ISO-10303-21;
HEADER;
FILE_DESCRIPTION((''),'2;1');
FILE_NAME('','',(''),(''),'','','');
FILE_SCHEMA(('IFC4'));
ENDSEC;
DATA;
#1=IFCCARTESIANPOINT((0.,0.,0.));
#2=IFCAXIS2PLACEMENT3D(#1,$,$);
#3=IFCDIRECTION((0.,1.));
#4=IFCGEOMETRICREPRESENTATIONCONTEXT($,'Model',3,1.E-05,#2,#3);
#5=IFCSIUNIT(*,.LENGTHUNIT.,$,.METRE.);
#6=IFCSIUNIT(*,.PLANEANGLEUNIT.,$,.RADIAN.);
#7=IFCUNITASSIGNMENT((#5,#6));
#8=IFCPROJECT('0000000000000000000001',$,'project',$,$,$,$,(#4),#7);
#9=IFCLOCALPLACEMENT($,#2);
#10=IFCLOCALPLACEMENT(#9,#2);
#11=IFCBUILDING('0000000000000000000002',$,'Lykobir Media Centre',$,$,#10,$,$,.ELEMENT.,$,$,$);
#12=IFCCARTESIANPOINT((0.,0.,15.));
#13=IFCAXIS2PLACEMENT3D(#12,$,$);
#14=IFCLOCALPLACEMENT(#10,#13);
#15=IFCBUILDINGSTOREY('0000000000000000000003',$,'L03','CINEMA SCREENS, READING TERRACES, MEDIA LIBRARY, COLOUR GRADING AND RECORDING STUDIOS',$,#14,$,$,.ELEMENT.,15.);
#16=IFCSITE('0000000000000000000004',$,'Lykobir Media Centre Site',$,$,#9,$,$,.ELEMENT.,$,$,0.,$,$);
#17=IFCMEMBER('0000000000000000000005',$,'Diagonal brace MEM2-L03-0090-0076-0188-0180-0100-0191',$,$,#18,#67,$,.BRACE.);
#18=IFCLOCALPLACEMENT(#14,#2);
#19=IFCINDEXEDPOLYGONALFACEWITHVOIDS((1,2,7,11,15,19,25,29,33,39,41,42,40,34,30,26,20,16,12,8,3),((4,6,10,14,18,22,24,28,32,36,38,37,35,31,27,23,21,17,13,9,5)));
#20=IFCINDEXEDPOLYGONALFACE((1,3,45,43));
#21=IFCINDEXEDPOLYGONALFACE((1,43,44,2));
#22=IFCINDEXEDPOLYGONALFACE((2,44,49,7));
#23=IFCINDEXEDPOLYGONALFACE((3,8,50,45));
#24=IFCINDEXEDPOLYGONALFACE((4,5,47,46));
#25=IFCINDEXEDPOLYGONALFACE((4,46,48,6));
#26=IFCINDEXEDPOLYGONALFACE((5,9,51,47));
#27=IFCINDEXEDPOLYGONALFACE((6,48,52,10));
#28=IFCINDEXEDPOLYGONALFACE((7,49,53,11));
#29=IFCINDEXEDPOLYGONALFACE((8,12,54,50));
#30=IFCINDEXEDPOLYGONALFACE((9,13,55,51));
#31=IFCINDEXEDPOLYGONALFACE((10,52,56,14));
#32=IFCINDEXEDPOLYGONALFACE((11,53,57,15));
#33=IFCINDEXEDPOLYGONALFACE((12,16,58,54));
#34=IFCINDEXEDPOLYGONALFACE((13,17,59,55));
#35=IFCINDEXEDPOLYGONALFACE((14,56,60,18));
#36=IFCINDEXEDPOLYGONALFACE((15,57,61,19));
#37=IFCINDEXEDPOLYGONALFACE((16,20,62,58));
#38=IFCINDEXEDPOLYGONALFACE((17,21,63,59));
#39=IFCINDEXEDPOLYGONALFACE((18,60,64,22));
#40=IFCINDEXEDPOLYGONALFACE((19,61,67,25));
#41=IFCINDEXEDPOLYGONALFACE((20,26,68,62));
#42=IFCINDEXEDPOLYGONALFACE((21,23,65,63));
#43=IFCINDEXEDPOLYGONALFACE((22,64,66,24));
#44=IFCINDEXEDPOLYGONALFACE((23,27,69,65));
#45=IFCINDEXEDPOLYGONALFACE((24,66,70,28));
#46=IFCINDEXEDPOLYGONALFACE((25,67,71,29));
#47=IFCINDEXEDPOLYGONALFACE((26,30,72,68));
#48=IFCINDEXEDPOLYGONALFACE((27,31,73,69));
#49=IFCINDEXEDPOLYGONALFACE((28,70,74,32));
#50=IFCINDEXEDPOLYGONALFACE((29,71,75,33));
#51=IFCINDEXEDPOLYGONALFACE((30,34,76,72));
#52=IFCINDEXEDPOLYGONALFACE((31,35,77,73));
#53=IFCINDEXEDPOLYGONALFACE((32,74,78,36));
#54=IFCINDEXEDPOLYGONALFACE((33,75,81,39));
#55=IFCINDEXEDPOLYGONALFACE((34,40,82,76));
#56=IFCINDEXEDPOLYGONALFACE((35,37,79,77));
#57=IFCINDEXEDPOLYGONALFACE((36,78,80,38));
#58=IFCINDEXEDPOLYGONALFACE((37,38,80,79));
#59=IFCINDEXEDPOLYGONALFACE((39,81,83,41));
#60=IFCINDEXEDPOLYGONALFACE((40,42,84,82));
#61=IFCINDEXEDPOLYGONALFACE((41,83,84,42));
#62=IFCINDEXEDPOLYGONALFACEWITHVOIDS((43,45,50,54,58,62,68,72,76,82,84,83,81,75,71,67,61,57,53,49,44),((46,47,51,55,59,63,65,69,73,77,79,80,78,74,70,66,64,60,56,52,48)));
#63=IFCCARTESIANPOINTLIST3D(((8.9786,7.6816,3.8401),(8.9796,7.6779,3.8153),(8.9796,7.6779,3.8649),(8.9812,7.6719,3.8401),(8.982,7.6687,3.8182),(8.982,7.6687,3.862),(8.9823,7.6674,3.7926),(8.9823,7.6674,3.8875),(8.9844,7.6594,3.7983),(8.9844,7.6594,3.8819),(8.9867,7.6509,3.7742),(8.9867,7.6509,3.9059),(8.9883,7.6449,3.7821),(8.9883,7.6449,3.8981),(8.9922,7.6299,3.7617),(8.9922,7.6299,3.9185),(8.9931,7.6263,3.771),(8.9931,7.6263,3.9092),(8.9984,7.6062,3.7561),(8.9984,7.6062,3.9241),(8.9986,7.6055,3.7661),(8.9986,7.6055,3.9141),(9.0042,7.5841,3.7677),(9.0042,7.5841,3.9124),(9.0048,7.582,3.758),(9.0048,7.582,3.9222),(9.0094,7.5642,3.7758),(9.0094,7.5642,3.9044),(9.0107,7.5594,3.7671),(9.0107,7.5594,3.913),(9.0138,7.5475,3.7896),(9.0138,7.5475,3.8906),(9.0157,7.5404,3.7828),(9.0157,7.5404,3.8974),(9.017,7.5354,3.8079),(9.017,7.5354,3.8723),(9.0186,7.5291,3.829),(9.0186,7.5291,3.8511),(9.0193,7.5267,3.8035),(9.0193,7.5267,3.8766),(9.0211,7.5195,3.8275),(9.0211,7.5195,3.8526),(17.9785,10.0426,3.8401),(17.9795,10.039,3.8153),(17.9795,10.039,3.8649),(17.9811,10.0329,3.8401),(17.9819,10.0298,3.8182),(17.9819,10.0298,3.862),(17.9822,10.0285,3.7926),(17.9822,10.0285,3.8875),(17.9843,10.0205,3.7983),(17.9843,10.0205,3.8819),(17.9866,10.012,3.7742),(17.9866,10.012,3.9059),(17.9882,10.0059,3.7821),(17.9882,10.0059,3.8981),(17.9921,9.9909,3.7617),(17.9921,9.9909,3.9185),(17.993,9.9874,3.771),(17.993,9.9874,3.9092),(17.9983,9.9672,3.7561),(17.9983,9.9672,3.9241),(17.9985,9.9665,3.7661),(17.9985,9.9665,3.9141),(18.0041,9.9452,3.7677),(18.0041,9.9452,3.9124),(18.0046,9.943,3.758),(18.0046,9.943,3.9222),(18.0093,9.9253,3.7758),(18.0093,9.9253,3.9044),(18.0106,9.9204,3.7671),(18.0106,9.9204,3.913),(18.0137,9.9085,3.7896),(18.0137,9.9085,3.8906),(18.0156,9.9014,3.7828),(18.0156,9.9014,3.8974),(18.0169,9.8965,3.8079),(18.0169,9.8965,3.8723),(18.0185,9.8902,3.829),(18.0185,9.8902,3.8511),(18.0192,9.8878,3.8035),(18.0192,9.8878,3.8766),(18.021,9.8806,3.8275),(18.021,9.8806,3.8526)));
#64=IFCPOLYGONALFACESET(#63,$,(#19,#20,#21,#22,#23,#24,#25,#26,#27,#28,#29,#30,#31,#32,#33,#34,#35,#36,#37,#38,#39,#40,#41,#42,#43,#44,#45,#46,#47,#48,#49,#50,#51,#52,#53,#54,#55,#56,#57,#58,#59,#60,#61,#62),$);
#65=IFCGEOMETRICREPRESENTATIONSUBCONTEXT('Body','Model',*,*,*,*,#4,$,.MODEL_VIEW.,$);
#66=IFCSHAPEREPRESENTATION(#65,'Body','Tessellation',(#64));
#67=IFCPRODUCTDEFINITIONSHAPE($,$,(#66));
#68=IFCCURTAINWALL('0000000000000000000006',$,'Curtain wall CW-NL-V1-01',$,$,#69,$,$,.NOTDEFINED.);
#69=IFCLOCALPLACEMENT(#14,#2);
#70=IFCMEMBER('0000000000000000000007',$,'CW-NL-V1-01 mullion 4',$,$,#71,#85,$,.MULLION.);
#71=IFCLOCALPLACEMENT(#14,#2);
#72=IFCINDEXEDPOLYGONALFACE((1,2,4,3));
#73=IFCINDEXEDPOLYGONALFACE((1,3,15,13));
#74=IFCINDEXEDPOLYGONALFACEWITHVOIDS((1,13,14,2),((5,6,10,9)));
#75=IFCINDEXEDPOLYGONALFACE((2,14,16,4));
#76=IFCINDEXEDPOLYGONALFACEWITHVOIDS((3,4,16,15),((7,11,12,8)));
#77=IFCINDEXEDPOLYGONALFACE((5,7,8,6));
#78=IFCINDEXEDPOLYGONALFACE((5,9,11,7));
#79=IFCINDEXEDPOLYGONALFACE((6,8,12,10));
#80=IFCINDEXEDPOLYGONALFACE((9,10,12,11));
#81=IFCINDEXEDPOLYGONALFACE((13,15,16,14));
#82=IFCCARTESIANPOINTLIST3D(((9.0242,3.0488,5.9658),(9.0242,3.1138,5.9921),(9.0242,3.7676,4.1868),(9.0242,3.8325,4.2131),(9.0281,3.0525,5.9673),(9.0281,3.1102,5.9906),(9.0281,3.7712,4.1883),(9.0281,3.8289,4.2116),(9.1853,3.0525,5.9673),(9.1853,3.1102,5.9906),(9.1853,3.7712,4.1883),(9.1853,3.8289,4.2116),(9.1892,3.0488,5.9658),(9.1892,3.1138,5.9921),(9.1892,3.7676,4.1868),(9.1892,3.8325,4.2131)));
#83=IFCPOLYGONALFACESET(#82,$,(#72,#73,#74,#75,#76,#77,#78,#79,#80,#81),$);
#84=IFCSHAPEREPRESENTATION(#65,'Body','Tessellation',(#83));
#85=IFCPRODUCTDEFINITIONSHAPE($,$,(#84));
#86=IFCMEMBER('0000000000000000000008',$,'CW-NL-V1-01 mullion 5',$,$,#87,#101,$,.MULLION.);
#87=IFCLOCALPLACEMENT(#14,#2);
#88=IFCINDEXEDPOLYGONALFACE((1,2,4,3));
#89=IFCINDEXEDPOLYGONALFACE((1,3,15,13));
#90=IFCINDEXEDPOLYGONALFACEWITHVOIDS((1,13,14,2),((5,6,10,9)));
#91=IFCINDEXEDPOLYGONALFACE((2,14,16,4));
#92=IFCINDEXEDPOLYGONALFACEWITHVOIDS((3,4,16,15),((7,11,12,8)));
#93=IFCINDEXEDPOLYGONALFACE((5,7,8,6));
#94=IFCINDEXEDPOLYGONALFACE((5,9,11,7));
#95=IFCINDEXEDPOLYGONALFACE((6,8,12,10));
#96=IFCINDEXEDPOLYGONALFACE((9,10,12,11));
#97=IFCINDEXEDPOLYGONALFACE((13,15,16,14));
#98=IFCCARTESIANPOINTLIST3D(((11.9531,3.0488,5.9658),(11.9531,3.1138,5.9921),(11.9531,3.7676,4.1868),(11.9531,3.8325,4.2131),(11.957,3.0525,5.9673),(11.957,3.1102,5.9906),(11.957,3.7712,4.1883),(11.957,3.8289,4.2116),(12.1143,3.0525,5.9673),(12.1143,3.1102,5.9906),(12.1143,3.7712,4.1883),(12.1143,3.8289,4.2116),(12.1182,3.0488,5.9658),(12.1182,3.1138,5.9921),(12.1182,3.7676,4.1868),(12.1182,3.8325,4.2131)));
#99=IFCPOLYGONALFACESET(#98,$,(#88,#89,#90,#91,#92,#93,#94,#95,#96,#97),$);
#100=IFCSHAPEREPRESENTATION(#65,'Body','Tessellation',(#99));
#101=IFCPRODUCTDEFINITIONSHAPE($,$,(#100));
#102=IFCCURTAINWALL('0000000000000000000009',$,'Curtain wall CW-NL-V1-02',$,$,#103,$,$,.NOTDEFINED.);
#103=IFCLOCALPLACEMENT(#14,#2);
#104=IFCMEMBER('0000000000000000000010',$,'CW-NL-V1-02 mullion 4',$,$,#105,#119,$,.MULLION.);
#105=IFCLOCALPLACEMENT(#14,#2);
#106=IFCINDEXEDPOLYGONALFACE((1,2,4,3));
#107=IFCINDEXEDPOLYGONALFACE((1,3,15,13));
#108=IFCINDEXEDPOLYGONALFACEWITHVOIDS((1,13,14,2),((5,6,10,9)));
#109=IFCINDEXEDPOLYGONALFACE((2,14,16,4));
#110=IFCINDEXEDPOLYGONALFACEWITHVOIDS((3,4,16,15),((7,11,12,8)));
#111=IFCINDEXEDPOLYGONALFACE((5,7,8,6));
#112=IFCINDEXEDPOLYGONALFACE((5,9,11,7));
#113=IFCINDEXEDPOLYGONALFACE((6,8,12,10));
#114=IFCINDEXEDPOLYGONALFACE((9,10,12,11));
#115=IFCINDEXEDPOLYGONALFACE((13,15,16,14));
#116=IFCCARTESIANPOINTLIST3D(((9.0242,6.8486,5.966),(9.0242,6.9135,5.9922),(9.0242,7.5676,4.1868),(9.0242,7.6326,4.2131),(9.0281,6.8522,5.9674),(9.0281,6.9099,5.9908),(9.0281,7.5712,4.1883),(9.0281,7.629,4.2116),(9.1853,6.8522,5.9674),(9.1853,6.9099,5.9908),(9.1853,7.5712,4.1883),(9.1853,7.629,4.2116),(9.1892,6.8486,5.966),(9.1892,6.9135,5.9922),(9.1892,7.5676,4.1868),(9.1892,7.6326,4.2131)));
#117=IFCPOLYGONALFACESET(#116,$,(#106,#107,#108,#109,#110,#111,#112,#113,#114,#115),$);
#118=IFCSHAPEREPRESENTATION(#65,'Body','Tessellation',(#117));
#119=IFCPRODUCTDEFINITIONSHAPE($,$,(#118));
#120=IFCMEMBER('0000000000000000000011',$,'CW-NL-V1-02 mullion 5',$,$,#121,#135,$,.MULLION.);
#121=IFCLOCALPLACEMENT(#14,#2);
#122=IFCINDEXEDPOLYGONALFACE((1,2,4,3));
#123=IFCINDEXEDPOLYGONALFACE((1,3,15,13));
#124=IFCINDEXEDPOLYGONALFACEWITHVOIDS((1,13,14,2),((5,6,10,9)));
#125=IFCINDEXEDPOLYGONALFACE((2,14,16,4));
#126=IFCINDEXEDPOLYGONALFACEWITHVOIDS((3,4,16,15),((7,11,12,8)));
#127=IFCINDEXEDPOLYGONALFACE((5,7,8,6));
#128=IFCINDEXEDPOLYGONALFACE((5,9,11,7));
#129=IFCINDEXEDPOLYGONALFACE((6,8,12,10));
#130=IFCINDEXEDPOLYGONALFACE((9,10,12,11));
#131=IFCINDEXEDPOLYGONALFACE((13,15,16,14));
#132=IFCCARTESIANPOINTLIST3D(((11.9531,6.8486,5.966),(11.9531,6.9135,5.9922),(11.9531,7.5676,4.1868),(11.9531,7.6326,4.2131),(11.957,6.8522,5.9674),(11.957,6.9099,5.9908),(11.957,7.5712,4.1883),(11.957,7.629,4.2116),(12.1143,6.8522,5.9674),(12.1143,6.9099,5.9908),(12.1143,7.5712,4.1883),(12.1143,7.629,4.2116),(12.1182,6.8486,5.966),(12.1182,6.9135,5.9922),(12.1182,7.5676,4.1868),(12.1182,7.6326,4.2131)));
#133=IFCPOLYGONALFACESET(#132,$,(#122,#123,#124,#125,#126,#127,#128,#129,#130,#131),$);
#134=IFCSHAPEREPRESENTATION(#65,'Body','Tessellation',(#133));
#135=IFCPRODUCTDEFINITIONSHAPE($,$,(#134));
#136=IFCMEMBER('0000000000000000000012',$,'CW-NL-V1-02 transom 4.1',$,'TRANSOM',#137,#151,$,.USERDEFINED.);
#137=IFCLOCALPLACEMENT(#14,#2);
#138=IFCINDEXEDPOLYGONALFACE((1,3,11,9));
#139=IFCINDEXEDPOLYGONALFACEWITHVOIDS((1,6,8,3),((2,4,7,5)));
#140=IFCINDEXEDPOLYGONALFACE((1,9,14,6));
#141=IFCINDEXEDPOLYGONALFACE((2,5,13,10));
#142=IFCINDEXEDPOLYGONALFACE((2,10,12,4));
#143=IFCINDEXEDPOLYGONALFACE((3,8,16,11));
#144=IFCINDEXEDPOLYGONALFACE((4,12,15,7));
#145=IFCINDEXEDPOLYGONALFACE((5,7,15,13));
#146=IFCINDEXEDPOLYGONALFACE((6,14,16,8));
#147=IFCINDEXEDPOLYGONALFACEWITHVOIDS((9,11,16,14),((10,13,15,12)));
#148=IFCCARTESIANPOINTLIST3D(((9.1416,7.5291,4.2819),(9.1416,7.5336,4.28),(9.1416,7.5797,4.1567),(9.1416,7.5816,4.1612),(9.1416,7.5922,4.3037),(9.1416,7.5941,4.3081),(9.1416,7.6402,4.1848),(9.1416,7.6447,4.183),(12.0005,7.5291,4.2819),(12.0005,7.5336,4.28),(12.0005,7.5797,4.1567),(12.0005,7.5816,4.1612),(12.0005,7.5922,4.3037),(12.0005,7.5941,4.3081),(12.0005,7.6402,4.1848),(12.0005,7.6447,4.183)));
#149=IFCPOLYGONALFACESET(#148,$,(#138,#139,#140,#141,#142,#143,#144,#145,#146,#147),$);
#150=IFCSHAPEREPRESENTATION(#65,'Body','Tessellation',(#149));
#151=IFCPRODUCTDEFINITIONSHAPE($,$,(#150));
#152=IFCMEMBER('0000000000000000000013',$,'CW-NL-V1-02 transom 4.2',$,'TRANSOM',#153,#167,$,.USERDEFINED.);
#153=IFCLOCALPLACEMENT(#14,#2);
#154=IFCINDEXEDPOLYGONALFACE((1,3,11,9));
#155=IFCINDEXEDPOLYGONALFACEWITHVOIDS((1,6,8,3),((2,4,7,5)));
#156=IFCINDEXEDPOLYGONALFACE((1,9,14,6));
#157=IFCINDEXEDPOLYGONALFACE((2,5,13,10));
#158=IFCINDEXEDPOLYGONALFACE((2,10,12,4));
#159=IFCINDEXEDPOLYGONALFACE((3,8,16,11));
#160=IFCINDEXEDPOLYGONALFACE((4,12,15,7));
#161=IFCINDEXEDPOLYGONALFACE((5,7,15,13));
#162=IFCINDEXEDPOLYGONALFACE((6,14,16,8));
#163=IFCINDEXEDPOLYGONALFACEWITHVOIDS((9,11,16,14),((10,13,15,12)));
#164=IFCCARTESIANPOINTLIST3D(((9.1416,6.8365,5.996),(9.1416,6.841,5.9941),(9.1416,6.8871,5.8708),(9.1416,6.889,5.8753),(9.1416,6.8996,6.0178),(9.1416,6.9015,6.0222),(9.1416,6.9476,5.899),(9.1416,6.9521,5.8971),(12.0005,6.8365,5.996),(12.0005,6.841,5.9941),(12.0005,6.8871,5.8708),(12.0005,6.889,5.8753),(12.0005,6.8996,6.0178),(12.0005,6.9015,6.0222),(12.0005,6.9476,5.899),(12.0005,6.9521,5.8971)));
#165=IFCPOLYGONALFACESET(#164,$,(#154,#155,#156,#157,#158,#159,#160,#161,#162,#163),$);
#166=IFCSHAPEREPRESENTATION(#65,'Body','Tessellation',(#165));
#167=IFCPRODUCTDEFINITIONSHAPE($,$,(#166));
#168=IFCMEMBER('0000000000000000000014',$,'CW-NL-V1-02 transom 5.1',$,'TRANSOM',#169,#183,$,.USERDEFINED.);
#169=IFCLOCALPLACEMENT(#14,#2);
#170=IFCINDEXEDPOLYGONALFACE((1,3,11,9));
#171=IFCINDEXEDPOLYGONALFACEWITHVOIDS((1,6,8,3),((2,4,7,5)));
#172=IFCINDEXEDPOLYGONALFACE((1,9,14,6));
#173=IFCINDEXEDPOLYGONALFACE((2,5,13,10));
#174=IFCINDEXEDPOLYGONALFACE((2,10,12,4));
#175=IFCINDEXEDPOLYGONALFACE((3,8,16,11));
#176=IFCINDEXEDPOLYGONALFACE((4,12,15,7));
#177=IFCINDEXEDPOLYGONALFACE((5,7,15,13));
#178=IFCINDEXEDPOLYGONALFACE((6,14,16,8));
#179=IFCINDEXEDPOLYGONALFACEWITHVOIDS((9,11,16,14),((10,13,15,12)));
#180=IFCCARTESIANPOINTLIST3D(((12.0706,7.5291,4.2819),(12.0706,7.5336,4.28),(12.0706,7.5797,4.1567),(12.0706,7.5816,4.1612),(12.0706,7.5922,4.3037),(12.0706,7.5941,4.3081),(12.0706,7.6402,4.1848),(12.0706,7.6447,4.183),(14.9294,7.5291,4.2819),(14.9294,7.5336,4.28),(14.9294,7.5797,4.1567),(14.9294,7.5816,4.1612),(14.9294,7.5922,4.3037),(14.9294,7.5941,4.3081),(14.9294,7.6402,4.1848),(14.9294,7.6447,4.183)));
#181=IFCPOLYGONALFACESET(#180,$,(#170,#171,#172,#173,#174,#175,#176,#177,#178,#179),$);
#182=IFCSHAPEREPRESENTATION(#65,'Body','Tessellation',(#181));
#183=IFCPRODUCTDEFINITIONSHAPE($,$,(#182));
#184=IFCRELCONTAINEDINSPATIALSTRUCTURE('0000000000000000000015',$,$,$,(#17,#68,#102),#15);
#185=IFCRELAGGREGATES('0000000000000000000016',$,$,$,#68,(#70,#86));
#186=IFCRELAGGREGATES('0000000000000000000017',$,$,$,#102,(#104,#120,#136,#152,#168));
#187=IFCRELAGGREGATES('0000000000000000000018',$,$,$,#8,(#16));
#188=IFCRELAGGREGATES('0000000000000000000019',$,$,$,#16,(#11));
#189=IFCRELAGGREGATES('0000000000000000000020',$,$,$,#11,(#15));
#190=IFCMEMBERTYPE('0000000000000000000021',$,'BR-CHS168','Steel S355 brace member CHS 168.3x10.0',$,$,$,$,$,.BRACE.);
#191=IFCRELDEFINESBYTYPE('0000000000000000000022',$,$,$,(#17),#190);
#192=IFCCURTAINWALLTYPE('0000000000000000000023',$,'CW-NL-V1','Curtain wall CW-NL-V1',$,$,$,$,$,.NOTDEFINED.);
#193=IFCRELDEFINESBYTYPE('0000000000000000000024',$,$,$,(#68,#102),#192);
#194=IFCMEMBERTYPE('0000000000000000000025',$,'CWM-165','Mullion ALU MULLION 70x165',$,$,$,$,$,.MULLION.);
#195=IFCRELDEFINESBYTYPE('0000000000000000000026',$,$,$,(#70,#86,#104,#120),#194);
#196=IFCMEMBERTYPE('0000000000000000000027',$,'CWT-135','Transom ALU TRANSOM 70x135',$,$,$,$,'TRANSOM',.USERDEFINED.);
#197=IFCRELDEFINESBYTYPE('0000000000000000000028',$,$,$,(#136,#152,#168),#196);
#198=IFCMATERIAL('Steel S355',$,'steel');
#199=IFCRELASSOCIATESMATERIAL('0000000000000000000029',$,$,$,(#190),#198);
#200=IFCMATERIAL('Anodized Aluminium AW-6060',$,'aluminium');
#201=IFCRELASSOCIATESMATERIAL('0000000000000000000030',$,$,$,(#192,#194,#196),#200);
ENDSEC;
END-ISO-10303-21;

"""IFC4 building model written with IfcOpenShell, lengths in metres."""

from ifc_helpers import new_model, si_unit, direction, frame, origin, origin_2d, place, context, subcontext, project, spatial, hollow_rectangle, hollow_circle, extrude, material, material_profile, profile_set, type_object, element, aggregate, save


model = new_model("IFC4")

# Units and contexts
model_context = context("Model", 3, precision=1e-05, world=origin(), true_north=direction((0.0, 1.0)))
body_context = subcontext(model_context, "Body", "Model", "MODEL_VIEW")
ifc_project = project(units=[si_unit("LENGTHUNIT", "METRE"), si_unit("PLANEANGLEUNIT", "RADIAN")], contexts=[model_context])

# Site, building, storey
site_placement = place(None, origin())
site = spatial("IfcSite", under=ifc_project, at=site_placement, Name="Lykobir Media Centre Site", CompositionType="ELEMENT", RefElevation=0.0)
building_placement = place(site_placement, origin())
building = spatial("IfcBuilding", under=site, at=building_placement, Name="Lykobir Media Centre", CompositionType="ELEMENT")
storey_placement = place(building_placement, frame((0.0, 0.0, 15.0)))
storey = spatial("IfcBuildingStorey", under=building, at=storey_placement, Name="L03", Description="CINEMA SCREENS, READING TERRACES, MEDIA LIBRARY, COLOUR GRADING AND RECORDING STUDIOS", CompositionType="ELEMENT", Elevation=15.0)

# Member
ifc_material_1 = material(Name="Steel S355", Category="steel")
ifc_material_profile_1 = material_profile(ifc_material_1, hollow_circle(Radius=0.0842, WallThickness=0.01, at=origin_2d()), Name="CHS 168.3x10.0")
ifc_profile_set_1 = profile_set([ifc_material_profile_1], Name="Steel S355")
member_type_1 = type_object("IfcMemberType", Name="BR-CHS168", Description="Steel S355 brace member CHS 168.3x10.0", PredefinedType="BRACE", material=ifc_profile_set_1)
member_1_placement = place(storey_placement, frame((9.0, 7.6001, 3.8401), z_axis=(0.967268, 0.253756, 0.0), x_axis=(-0.253756, 0.967268, 0.0)))
element("IfcMember", 1, at=member_1_placement, inside=storey, type_object=member_type_1, Name="Diagonal brace MEM2-L03-0090-0076-0188-0180-0100-0191", PredefinedType="BRACE", context=body_context, shape_type="SweptSolid", body=[
    extrude(hollow_circle(Radius=0.0842, WallThickness=0.01, at=origin_2d()), origin(), (0.0, 0.0, 1.0), 9.3044),
])

# Curtain wall, members
ifc_material_2 = material(Name="Anodized Aluminium AW-6060", Category="aluminium")
curtain_wall_type = type_object("IfcCurtainWallType", Name="CW-NL-V1", Description="Curtain wall CW-NL-V1", PredefinedType="NOTDEFINED", material=ifc_material_2)
curtain_wall_1_placement = place(storey_placement, origin())
curtain_wall_1 = element("IfcCurtainWall", 2, at=curtain_wall_1_placement, inside=storey, type_object=curtain_wall_type, Name="Curtain wall CW-NL-V1-01", PredefinedType="NOTDEFINED")
ifc_material_profile_2 = material_profile(ifc_material_2, hollow_rectangle(XDim=0.0701, YDim=0.165, WallThickness=0.0039, at=origin_2d()), Name="ALU MULLION 70x165")
ifc_profile_set_2 = profile_set([ifc_material_profile_2], Name="Anodized Aluminium AW-6060")
member_type_2 = type_object("IfcMemberType", Name="CWM-165", Description="Mullion ALU MULLION 70x165", PredefinedType="MULLION", material=ifc_profile_set_2)
member_2_placement = place(storey_placement, frame((9.1067, 3.8, 4.2), z_axis=(0.0, -0.374591, 0.92719), x_axis=(0.0, 0.92719, 0.374591)))
member_2 = element("IfcMember", 3, at=member_2_placement, type_object=member_type_2, Name="CW-NL-V1-01 mullion 4", PredefinedType="MULLION", context=body_context, shape_type="SweptSolid", body=[
    extrude(hollow_rectangle(XDim=0.0701, YDim=0.165, WallThickness=0.0039, at=origin_2d()), origin(), (0.0, 0.0, 1.0), 1.9187),
])
member_3_placement = place(storey_placement, frame((12.0356, 3.8, 4.2), z_axis=(0.0, -0.374591, 0.92719), x_axis=(0.0, 0.92719, 0.374591)))
member_3 = element("IfcMember", 4, at=member_3_placement, type_object=member_type_2, Name="CW-NL-V1-01 mullion 5", PredefinedType="MULLION", context=body_context, shape_type="SweptSolid", body=[
    extrude(hollow_rectangle(XDim=0.0701, YDim=0.165, WallThickness=0.0039, at=origin_2d()), origin(), (0.0, 0.0, 1.0), 1.9187),
])
aggregate(curtain_wall_1, [member_2, member_3])

# Curtain wall, members
curtain_wall_2_placement = place(storey_placement, origin())
curtain_wall_2 = element("IfcCurtainWall", 5, at=curtain_wall_2_placement, inside=storey, type_object=curtain_wall_type, Name="Curtain wall CW-NL-V1-02", PredefinedType="NOTDEFINED")
member_4_placement = place(storey_placement, frame((9.1067, 7.6001, 4.2), z_axis=(0.0, -0.374701, 0.927146), x_axis=(0.0, 0.927146, 0.374701)))
member_4 = element("IfcMember", 6, at=member_4_placement, type_object=member_type_2, Name="CW-NL-V1-02 mullion 4", PredefinedType="MULLION", context=body_context, shape_type="SweptSolid", body=[
    extrude(hollow_rectangle(XDim=0.0701, YDim=0.165, WallThickness=0.0039, at=origin_2d()), origin(), (0.0, 0.0, 1.0), 1.9189),
])
member_5_placement = place(storey_placement, frame((12.0356, 7.6001, 4.2), z_axis=(0.0, -0.374701, 0.927146), x_axis=(0.0, 0.927146, 0.374701)))
member_5 = element("IfcMember", 7, at=member_5_placement, type_object=member_type_2, Name="CW-NL-V1-02 mullion 5", PredefinedType="MULLION", context=body_context, shape_type="SweptSolid", body=[
    extrude(hollow_rectangle(XDim=0.0701, YDim=0.165, WallThickness=0.0039, at=origin_2d()), origin(), (0.0, 0.0, 1.0), 1.9189),
])
ifc_material_profile_3 = material_profile(ifc_material_2, hollow_rectangle(XDim=0.0701, YDim=0.135, WallThickness=0.0034, at=origin_2d()), Name="ALU TRANSOM 70x135")
ifc_profile_set_3 = profile_set([ifc_material_profile_3], Name="Anodized Aluminium AW-6060")
member_type_3 = type_object("IfcMemberType", Name="CWT-135", Description="Transom ALU TRANSOM 70x135", ElementType="TRANSOM", PredefinedType="USERDEFINED", material=ifc_profile_set_3)
member_6_placement = place(storey_placement, frame((9.1416, 7.5869, 4.2324), z_axis=(1.0, 0.0, 0.0), x_axis=(0.0, 0.927184, 0.374607)))
member_6 = element("IfcMember", 8, at=member_6_placement, type_object=member_type_3, Name="CW-NL-V1-02 transom 4.1", ObjectType="TRANSOM", PredefinedType="USERDEFINED", context=body_context, shape_type="SweptSolid", body=[
    extrude(hollow_rectangle(XDim=0.0701, YDim=0.135, WallThickness=0.0034, at=origin_2d()), origin(), (0.0, 0.0, 1.0), 2.8589),
])
member_7_placement = place(storey_placement, frame((9.1416, 6.8943, 5.9465), z_axis=(1.0, 0.0, 0.0), x_axis=(0.0, 0.927184, 0.374607)))
member_7 = element("IfcMember", 9, at=member_7_placement, type_object=member_type_3, Name="CW-NL-V1-02 transom 4.2", ObjectType="TRANSOM", PredefinedType="USERDEFINED", context=body_context, shape_type="SweptSolid", body=[
    extrude(hollow_rectangle(XDim=0.0701, YDim=0.135, WallThickness=0.0034, at=origin_2d()), origin(), (0.0, 0.0, 1.0), 2.8589),
])
member_8_placement = place(storey_placement, frame((12.0706, 7.5869, 4.2324), z_axis=(1.0, 0.0, 0.0), x_axis=(0.0, 0.927184, 0.374607)))
member_8 = element("IfcMember", 10, at=member_8_placement, type_object=member_type_3, Name="CW-NL-V1-02 transom 5.1", ObjectType="TRANSOM", PredefinedType="USERDEFINED", context=body_context, shape_type="SweptSolid", body=[
    extrude(hollow_rectangle(XDim=0.0701, YDim=0.135, WallThickness=0.0034, at=origin_2d()), origin(), (0.0, 0.0, 1.0), 2.8589),
])
aggregate(curtain_wall_2, [member_4, member_5, member_6, member_7, member_8])

save(model, "model.ifc")
